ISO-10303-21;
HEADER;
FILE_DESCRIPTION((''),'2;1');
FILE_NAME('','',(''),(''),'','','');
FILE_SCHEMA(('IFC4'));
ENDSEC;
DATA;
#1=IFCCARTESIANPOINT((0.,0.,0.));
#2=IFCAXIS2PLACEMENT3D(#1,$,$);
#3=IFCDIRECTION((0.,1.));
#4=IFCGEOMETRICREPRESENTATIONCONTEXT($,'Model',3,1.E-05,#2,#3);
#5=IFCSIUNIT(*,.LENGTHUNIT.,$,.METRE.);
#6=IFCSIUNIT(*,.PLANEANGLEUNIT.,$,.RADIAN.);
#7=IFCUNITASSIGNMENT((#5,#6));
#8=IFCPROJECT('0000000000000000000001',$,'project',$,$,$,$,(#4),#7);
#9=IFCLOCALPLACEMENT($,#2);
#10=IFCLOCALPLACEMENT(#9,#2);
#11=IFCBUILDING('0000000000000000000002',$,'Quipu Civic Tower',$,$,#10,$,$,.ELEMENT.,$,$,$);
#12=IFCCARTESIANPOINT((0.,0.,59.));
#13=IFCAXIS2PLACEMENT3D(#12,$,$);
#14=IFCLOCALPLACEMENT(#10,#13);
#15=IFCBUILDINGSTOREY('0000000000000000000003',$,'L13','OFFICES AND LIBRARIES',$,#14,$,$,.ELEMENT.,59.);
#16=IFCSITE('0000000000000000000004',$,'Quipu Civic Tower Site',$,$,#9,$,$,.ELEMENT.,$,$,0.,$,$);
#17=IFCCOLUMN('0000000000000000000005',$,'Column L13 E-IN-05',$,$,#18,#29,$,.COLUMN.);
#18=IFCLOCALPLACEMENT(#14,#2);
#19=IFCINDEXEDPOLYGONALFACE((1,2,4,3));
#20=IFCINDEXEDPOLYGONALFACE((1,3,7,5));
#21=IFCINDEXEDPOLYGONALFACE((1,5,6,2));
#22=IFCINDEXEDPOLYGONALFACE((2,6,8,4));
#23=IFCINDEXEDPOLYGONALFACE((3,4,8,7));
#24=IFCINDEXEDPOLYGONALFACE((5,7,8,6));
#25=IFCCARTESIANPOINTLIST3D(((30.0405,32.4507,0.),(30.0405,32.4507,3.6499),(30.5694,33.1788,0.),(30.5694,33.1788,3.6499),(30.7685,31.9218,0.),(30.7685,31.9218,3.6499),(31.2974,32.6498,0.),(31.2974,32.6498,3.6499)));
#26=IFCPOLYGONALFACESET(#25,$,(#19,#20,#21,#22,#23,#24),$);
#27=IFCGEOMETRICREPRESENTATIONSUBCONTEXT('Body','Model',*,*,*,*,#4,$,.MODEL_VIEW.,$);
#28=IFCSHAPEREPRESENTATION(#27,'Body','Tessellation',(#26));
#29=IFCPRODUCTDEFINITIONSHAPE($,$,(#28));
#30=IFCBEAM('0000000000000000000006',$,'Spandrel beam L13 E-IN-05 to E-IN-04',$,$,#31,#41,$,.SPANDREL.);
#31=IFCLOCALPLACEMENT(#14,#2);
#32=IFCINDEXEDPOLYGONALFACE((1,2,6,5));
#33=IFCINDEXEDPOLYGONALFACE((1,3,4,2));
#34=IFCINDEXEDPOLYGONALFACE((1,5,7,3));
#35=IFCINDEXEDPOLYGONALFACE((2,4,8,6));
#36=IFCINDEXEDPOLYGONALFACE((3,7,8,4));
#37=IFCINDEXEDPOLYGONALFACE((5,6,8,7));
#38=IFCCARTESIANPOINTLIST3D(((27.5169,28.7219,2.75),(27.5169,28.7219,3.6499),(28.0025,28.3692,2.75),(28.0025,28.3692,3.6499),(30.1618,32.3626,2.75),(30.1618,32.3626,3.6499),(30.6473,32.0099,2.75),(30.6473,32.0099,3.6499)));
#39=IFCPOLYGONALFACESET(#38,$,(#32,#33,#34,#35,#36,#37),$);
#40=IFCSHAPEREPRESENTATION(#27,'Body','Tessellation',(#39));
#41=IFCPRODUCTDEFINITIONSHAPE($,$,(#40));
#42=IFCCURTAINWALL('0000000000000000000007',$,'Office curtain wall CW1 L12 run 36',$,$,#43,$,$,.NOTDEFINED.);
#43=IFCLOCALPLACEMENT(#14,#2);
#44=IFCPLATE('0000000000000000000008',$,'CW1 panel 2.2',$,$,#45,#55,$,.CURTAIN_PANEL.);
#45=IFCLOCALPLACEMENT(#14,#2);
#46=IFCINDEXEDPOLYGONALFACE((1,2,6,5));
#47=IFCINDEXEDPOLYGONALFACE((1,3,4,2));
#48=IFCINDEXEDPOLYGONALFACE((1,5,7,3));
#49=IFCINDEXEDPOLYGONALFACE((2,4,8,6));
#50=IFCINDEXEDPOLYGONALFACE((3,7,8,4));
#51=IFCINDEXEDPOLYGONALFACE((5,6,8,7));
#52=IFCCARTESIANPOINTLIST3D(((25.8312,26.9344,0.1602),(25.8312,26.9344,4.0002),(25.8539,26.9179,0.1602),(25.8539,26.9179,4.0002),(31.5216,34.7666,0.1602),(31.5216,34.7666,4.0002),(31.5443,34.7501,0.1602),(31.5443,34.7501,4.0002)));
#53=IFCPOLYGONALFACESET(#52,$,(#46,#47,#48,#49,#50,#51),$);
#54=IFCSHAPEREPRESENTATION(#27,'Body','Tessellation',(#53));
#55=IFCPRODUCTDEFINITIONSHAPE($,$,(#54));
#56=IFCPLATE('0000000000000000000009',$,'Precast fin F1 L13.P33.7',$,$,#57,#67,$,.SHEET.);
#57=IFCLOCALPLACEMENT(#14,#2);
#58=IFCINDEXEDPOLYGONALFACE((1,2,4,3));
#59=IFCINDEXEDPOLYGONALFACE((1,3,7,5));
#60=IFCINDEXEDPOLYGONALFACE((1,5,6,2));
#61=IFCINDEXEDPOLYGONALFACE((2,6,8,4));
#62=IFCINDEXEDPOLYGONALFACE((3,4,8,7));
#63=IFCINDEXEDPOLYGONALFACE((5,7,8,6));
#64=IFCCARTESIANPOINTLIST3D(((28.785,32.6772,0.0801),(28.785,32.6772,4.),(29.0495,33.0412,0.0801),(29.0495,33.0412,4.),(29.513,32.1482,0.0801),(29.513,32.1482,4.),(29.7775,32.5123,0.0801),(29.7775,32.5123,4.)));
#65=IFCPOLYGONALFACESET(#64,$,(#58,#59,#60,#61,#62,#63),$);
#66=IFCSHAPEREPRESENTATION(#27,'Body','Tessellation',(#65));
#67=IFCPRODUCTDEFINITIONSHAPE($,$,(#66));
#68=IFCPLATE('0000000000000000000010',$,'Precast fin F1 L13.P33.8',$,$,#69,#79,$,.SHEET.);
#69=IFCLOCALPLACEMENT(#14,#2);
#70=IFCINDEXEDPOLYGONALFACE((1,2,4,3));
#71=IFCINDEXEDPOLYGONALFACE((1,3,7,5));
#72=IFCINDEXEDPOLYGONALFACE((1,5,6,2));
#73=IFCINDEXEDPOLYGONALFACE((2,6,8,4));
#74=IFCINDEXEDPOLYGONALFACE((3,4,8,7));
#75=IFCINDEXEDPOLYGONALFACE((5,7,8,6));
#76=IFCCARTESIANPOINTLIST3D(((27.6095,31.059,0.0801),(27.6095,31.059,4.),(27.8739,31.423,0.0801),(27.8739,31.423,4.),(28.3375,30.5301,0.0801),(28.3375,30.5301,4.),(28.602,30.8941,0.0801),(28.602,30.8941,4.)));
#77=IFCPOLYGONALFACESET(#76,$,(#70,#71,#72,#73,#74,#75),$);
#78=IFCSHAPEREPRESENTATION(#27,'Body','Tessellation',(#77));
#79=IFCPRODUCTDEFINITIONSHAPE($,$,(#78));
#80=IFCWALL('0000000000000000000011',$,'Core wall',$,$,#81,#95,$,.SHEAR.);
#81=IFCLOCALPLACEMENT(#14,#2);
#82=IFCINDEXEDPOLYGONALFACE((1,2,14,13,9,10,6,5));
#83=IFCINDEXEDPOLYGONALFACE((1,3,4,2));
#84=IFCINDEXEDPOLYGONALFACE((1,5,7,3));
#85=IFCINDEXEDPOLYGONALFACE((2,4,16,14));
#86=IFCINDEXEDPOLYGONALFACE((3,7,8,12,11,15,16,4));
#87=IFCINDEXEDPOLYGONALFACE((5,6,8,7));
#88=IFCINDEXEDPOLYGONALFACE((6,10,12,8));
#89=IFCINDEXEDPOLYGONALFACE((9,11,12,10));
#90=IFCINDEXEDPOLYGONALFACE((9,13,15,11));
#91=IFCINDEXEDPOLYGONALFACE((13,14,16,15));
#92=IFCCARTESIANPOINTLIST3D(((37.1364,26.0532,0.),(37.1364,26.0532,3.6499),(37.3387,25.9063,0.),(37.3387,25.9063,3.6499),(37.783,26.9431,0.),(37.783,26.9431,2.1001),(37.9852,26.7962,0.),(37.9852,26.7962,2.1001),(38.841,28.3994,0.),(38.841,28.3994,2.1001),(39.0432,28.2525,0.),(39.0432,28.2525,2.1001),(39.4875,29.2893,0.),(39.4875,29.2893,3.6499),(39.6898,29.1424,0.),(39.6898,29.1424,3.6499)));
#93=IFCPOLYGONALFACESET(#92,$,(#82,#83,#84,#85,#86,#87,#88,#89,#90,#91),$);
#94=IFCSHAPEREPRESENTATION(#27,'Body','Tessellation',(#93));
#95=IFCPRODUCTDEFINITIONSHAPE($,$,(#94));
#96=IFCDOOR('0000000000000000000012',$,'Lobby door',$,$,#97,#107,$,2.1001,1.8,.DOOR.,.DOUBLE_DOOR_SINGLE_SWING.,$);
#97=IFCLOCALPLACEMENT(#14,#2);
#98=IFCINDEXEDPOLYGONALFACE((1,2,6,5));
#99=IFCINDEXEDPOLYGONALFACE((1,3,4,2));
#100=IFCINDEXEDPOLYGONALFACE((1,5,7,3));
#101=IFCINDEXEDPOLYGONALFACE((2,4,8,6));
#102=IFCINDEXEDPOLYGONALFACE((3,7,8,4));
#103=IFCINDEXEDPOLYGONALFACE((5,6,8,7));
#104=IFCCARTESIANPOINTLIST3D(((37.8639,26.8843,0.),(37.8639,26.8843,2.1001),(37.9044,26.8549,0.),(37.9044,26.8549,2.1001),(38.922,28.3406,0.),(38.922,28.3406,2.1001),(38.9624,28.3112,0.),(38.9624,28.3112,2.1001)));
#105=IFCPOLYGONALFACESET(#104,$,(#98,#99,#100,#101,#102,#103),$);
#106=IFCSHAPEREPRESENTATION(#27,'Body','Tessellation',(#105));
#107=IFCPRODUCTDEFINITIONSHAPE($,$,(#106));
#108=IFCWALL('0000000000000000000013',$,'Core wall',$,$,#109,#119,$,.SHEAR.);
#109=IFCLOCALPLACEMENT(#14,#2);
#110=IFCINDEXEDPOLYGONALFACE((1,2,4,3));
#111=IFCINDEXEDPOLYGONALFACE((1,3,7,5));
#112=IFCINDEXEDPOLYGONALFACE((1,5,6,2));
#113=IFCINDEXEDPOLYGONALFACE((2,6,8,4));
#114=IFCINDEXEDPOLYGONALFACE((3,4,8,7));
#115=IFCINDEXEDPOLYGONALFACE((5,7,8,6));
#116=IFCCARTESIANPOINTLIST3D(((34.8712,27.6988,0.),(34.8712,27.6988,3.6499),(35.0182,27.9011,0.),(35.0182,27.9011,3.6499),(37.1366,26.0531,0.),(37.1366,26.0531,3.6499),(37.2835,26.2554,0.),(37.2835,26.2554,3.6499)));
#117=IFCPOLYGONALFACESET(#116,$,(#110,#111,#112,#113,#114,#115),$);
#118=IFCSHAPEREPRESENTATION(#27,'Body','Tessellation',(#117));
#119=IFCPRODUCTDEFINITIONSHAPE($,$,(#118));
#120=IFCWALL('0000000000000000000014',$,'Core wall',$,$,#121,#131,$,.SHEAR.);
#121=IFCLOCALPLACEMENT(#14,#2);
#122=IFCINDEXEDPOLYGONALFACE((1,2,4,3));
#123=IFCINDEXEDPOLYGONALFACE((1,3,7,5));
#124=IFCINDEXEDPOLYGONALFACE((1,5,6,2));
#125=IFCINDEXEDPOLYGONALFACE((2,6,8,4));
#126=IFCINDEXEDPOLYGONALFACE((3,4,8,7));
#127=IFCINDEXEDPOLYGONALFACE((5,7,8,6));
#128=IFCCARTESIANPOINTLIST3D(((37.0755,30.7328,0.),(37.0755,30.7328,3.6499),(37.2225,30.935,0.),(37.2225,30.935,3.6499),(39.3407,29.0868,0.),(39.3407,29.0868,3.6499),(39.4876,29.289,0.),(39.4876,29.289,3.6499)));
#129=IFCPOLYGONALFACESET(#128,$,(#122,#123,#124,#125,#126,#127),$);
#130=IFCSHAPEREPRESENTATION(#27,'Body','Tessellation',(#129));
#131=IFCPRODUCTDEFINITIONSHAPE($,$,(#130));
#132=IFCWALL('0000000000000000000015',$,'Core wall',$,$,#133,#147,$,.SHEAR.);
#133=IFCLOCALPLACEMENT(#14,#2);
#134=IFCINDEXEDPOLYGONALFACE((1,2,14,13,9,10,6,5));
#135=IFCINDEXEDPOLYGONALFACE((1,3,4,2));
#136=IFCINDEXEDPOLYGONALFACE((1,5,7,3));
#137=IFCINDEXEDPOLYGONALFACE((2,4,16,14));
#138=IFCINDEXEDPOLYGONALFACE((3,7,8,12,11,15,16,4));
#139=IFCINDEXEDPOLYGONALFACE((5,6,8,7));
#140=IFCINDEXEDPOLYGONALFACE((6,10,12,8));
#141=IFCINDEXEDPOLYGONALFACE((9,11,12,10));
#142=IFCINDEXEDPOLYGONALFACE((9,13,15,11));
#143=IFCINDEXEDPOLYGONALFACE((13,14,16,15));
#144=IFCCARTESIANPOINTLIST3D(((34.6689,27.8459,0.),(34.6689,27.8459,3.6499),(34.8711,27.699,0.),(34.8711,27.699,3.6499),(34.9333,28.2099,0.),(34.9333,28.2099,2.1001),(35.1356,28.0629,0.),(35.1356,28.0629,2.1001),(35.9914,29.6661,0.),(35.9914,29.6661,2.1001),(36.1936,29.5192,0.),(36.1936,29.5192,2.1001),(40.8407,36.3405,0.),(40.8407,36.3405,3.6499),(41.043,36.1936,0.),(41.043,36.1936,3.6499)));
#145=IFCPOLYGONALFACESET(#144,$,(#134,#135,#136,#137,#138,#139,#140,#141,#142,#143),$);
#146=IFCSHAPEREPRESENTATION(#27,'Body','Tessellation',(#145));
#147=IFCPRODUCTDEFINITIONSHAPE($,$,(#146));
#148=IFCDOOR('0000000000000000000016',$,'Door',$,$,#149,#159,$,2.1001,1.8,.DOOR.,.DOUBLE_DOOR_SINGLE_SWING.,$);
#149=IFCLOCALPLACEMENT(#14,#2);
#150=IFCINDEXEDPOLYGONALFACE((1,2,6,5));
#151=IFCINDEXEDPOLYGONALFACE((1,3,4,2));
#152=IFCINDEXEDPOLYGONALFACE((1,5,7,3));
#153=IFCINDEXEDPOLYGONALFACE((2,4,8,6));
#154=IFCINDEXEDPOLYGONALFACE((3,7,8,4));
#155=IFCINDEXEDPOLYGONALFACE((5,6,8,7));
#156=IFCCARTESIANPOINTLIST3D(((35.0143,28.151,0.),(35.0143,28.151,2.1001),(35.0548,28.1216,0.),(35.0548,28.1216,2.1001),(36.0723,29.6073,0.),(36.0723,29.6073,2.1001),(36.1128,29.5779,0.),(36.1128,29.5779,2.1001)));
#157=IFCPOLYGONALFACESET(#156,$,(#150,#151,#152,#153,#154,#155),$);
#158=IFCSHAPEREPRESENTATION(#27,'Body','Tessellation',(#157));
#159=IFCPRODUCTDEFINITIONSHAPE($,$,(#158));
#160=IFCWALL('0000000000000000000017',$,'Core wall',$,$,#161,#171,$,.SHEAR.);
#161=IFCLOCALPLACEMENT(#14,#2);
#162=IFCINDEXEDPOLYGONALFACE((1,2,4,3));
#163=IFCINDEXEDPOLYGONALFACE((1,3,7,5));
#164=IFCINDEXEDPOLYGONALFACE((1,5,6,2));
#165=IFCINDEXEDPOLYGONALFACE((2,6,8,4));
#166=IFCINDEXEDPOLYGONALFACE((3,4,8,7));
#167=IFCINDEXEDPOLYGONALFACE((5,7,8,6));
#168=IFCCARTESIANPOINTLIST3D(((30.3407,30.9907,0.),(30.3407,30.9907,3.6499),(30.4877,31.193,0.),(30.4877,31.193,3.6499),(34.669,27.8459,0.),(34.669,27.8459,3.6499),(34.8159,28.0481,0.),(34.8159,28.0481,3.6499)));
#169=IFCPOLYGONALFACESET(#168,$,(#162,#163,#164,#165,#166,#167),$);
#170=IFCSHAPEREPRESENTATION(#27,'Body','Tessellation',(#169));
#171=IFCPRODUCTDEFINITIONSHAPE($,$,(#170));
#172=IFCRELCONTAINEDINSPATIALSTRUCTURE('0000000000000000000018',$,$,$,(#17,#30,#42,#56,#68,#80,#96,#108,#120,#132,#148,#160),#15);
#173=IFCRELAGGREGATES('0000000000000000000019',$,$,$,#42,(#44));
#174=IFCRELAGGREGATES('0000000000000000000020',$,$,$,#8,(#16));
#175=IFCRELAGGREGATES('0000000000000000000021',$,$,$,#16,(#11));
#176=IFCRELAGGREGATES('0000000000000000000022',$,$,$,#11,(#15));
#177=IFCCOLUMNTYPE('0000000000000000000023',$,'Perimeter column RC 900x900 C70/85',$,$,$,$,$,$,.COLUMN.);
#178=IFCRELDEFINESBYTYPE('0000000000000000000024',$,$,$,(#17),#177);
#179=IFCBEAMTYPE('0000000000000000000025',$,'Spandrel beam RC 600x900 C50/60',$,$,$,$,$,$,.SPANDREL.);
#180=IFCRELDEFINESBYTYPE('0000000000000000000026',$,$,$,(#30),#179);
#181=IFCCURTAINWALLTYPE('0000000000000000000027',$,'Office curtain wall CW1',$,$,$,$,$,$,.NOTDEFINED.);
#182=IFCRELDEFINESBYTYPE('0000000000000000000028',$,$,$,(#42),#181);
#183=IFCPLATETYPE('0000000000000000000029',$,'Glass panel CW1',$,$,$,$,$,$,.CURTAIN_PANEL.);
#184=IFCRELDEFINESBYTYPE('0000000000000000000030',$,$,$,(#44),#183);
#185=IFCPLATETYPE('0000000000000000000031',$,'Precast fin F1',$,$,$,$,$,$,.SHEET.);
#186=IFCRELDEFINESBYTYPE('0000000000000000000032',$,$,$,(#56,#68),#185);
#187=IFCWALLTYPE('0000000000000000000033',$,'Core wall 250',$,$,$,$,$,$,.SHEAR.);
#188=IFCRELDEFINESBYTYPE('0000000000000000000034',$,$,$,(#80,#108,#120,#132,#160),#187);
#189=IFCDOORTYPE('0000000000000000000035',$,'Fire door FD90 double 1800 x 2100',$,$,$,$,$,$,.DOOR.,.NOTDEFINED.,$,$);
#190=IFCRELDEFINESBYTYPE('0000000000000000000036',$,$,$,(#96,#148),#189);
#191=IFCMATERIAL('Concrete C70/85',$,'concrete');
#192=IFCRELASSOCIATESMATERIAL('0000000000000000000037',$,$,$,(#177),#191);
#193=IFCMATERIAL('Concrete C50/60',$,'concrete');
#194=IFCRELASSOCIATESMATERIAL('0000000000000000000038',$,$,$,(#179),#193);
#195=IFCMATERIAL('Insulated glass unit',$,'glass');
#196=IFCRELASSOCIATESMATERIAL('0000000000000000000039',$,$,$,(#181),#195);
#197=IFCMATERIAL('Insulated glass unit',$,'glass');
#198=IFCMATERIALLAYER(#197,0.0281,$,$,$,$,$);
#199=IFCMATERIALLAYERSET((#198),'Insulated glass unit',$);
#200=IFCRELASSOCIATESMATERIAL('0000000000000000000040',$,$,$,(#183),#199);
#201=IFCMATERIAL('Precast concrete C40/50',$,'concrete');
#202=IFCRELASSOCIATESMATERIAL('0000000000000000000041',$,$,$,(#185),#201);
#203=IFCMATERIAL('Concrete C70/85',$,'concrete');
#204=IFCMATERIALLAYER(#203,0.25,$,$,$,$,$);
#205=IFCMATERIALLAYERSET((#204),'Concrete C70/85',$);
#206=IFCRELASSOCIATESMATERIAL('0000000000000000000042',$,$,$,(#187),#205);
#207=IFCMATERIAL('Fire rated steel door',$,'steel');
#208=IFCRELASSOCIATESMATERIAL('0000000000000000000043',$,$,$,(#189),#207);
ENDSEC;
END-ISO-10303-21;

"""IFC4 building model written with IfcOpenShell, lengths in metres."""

from ifc_helpers import new_model, si_unit, direction, frame, frame_2d, origin, origin_2d, place, context, subcontext, project, spatial, rectangle, extrude, material, layer, layer_set, material_profile, profile_set, type_object, element, fill, aggregate, save


model = new_model("IFC4")

# Units and contexts
model_context = context("Model", 3, precision=1e-05, world=origin(), true_north=direction((0.0, 1.0)))
body_context = subcontext(model_context, "Body", "Model", "MODEL_VIEW")
ifc_project = project(units=[si_unit("LENGTHUNIT", "METRE"), si_unit("PLANEANGLEUNIT", "RADIAN")], contexts=[model_context])

# Site, building, storey
site_placement = place(None, origin())
site = spatial("IfcSite", under=ifc_project, at=site_placement, Name="Quipu Civic Tower Site", CompositionType="ELEMENT", RefElevation=0.0)
building_placement = place(site_placement, origin())
building = spatial("IfcBuilding", under=site, at=building_placement, Name="Quipu Civic Tower", CompositionType="ELEMENT")
storey_placement = place(building_placement, frame((0.0, 0.0, 59.0)))
storey = spatial("IfcBuildingStorey", under=building, at=storey_placement, Name="L13", Description="OFFICES AND LIBRARIES", CompositionType="ELEMENT", Elevation=59.0)

# Column
ifc_material_1 = material(Name="Concrete C70/85", Category="concrete")
ifc_material_profile_1 = material_profile(ifc_material_1, rectangle(XDim=0.8999, YDim=0.8999, at=origin_2d()), Name="RC900x900")
ifc_profile_set_1 = profile_set([ifc_material_profile_1], Name="Concrete C70/85")
column_type = type_object("IfcColumnType", Name="Perimeter column RC 900x900 C70/85", PredefinedType="COLUMN", material=ifc_profile_set_1)
column_placement = place(storey_placement, frame((30.6689, 32.5503, 0.0), z_axis=(0.0, 0.0, 1.0), x_axis=(-0.587785, -0.809017, 0.0)))
element("IfcColumn", 1, at=column_placement, inside=storey, type_object=column_type, Name="Column L13 E-IN-05", PredefinedType="COLUMN", context=body_context, shape_type="SweptSolid", body=[
    extrude(rectangle(XDim=0.8999, YDim=0.8999, at=origin_2d()), origin(), (0.0, 0.0, 1.0), 3.6499),
])

# Beam
ifc_material_2 = material(Name="Concrete C50/60", Category="concrete")
ifc_material_profile_2 = material_profile(ifc_material_2, rectangle(XDim=0.6001, YDim=0.8999, at=origin_2d()), Name="RC600x900")
ifc_profile_set_2 = profile_set([ifc_material_profile_2], Name="Concrete C50/60")
beam_type = type_object("IfcBeamType", Name="Spandrel beam RC 600x900 C50/60", PredefinedType="SPANDREL", material=ifc_profile_set_2)
beam_placement = place(storey_placement, frame((30.4045, 32.1863, 3.2), z_axis=(-0.587743, -0.809048, 0.0), x_axis=(0.809048, -0.587743, 0.0)))
element("IfcBeam", 2, at=beam_placement, inside=storey, type_object=beam_type, Name="Spandrel beam L13 E-IN-05 to E-IN-04", PredefinedType="SPANDREL", context=body_context, shape_type="SweptSolid", body=[
    extrude(rectangle(XDim=0.6001, YDim=0.8999, at=origin_2d()), origin(), (0.0, 0.0, 1.0), 4.5),
])

# Curtain wall, plate
ifc_material_3 = material(Name="Insulated glass unit", Category="glass")
curtain_wall_type = type_object("IfcCurtainWallType", Name="Office curtain wall CW1", PredefinedType="NOTDEFINED", material=ifc_material_3)
curtain_wall_placement = place(storey_placement, origin())
curtain_wall = element("IfcCurtainWall", 3, at=curtain_wall_placement, inside=storey, type_object=curtain_wall_type, Name="Office curtain wall CW1 L12 run 36", PredefinedType="NOTDEFINED")
ifc_material_4 = material(Name="Insulated glass unit", Category="glass")
ifc_layer_1 = layer(ifc_material_4, 0.0281)
ifc_layer_set_1 = layer_set([ifc_layer_1], Name="Insulated glass unit")
plate_type_1 = type_object("IfcPlateType", Name="Glass panel CW1", PredefinedType="CURTAIN_PANEL", material=ifc_layer_set_1)
plate_placement = place(storey_placement, frame((28.6877, 30.8423, 0.1602), z_axis=(0.0, 0.0, 1.0), x_axis=(-0.587786, -0.809017, 0.0)))
plate = element("IfcPlate", 4, at=plate_placement, type_object=plate_type_1, Name="CW1 panel 2.2", PredefinedType="CURTAIN_PANEL", context=body_context, shape_type="SweptSolid", body=[
    extrude(rectangle(XDim=9.6812, YDim=0.0281, at=origin_2d()), origin(), (0.0, 0.0, 1.0), 3.8401),
])
aggregate(curtain_wall, [plate])

# Plates
ifc_material_5 = material(Name="Precast concrete C40/50", Category="concrete")
plate_type_2 = type_object("IfcPlateType", Name="Precast fin F1", PredefinedType="SHEET", material=ifc_material_5)
for number, where, z_axis, x_axis, name in (
    (5, (29.2812, 32.5947, 0.0801), (0.0, 0.0, 1.0), (-0.587785, -0.809017, 0.0), "Precast fin F1 L13.P33.7"),
    (6, (28.1057, 30.9766, 0.0801), (0.0, 0.0, 1.0), (-0.587785, -0.809017, 0.0), "Precast fin F1 L13.P33.8"),
):
    element("IfcPlate", number, at=place(storey_placement, frame(where, z_axis=z_axis, x_axis=x_axis)), inside=storey, type_object=plate_type_2, Name=name, PredefinedType="SHEET", context=body_context, shape_type="SweptSolid", body=[
        extrude(rectangle(XDim=0.45, YDim=0.8999, at=origin_2d()), origin(), (0.0, 0.0, 1.0), 3.9199),
    ])

# Wall, opening, door
ifc_material_6 = material(Name="Concrete C70/85", Category="concrete")
ifc_layer_2 = layer(ifc_material_6, 0.25)
ifc_layer_set_2 = layer_set([ifc_layer_2], Name="Concrete C70/85")
wall_type_1 = type_object("IfcWallType", Name="Core wall 250", PredefinedType="SHEAR", material=ifc_layer_set_2)
wall_1_placement = place(storey_placement, frame((37.2375, 25.9797, 0.0), z_axis=(0.0, 0.0, 1.0), x_axis=(0.587772, 0.809026, 0.0)))
wall_1 = element("IfcWall", 7, at=wall_1_placement, inside=storey, type_object=wall_type_1, Name="Core wall", PredefinedType="SHEAR", context=body_context, shape_type="SweptSolid", body=[
    extrude(rectangle(XDim=4.0, YDim=0.25, at=frame_2d((2.0, 0.0))), origin(), (0.0, 0.0, 1.0), 3.6499),
])
opening_1_placement = place(wall_1_placement, frame((1.1001, 0.0, 0.0)))
opening_1 = element("IfcOpeningElement", 8, at=opening_1_placement, cuts=wall_1, PredefinedType="OPENING", context=body_context, shape_type="SweptSolid", body=[
    extrude(rectangle(XDim=1.8, YDim=2.1001, at=frame_2d((0.8999, 1.05))), frame((0.0, 0.135, 0.0), z_axis=(0.0, -1.0, 0.0), x_axis=(1.0, 0.0, 0.0)), (0.0, 0.0, 1.0), 0.27),
])
ifc_material_7 = material(Name="Fire rated steel door", Category="steel")
door_type_1 = type_object("IfcDoorType", Name="Fire door FD90 double 1800 x 2100", OperationType="NOTDEFINED", PredefinedType="DOOR", material=ifc_material_7)
door_1_placement = place(opening_1_placement, origin())
door_1 = element("IfcDoor", 9, at=door_1_placement, inside=storey, type_object=door_type_1, Name="Lobby door", OperationType="DOUBLE_DOOR_SINGLE_SWING", OverallHeight=2.1001, OverallWidth=1.8, PredefinedType="DOOR", context=body_context, shape_type="SweptSolid", body=[
    extrude(rectangle(XDim=1.8, YDim=2.1001, at=frame_2d((0.8999, 1.05))), frame((0.0, 0.0249, 0.0), z_axis=(0.0, -1.0, 0.0), x_axis=(1.0, 0.0, 0.0)), (0.0, 0.0, 1.0), 0.05),
])
fill(opening_1, door_1)

# Walls
for number, where, z_axis, x_axis, name in (
    (10, (37.21, 26.1543, 0.0), (0.0, 0.0, 1.0), (-0.809041, 0.587752, 0.0), "Core wall"),
    (11, (39.4141, 29.188, 0.0), (0.0, 0.0, 1.0), (-0.80897, 0.58785, 0.0), "Core wall"),
):
    element("IfcWall", number, at=place(storey_placement, frame(where, z_axis=z_axis, x_axis=x_axis)), inside=storey, type_object=wall_type_1, Name=name, PredefinedType="SHEAR", context=body_context, shape_type="SweptSolid", body=[
        extrude(rectangle(XDim=2.8, YDim=0.25, at=frame_2d((1.3999, 0.0))), origin(), (0.0, 0.0, 1.0), 3.6499),
    ])

# Wall, opening, door
wall_2_placement = place(storey_placement, frame((34.77, 27.7725, 0.0), z_axis=(0.0, 0.0, 1.0), x_axis=(0.587796, 0.809009, 0.0)))
wall_2 = element("IfcWall", 12, at=wall_2_placement, inside=storey, type_object=wall_type_1, Name="Core wall", PredefinedType="SHEAR", context=body_context, shape_type="SweptSolid", body=[
    extrude(rectangle(XDim=10.5, YDim=0.25, at=frame_2d((5.25, 0.0))), origin(), (0.0, 0.0, 1.0), 3.6499),
])
opening_2_placement = place(wall_2_placement, frame((0.45, 0.0, 0.0)))
opening_2 = element("IfcOpeningElement", 13, at=opening_2_placement, cuts=wall_2, PredefinedType="OPENING", context=body_context, shape_type="SweptSolid", body=[
    extrude(rectangle(XDim=1.8, YDim=2.1001, at=frame_2d((0.8999, 1.05))), frame((0.0, 0.135, 0.0), z_axis=(0.0, -1.0, 0.0), x_axis=(1.0, 0.0, 0.0)), (0.0, 0.0, 1.0), 0.27),
])
door_2_placement = place(opening_2_placement, origin())
door_2 = element("IfcDoor", 14, at=door_2_placement, inside=storey, type_object=door_type_1, Name="Door", OperationType="DOUBLE_DOOR_SINGLE_SWING", OverallHeight=2.1001, OverallWidth=1.8, PredefinedType="DOOR", context=body_context, shape_type="SweptSolid", body=[
    extrude(rectangle(XDim=1.8, YDim=2.1001, at=frame_2d((0.8999, 1.05))), frame((0.0, 0.0249, 0.0), z_axis=(0.0, -1.0, 0.0), x_axis=(1.0, 0.0, 0.0)), (0.0, 0.0, 1.0), 0.05),
])
fill(opening_2, door_2)

# Wall
wall_3_placement = place(storey_placement, frame((34.7424, 27.947, 0.0), z_axis=(0.0, 0.0, 1.0), x_axis=(-0.808998, 0.587811, 0.0)))
element("IfcWall", 15, at=wall_3_placement, inside=storey, type_object=wall_type_1, Name="Core wall", PredefinedType="SHEAR", context=body_context, shape_type="SweptSolid", body=[
    extrude(rectangle(XDim=5.3501, YDim=0.25, at=frame_2d((2.675, 0.0))), origin(), (0.0, 0.0, 1.0), 3.6499),
])

save(model, "model.ifc")
